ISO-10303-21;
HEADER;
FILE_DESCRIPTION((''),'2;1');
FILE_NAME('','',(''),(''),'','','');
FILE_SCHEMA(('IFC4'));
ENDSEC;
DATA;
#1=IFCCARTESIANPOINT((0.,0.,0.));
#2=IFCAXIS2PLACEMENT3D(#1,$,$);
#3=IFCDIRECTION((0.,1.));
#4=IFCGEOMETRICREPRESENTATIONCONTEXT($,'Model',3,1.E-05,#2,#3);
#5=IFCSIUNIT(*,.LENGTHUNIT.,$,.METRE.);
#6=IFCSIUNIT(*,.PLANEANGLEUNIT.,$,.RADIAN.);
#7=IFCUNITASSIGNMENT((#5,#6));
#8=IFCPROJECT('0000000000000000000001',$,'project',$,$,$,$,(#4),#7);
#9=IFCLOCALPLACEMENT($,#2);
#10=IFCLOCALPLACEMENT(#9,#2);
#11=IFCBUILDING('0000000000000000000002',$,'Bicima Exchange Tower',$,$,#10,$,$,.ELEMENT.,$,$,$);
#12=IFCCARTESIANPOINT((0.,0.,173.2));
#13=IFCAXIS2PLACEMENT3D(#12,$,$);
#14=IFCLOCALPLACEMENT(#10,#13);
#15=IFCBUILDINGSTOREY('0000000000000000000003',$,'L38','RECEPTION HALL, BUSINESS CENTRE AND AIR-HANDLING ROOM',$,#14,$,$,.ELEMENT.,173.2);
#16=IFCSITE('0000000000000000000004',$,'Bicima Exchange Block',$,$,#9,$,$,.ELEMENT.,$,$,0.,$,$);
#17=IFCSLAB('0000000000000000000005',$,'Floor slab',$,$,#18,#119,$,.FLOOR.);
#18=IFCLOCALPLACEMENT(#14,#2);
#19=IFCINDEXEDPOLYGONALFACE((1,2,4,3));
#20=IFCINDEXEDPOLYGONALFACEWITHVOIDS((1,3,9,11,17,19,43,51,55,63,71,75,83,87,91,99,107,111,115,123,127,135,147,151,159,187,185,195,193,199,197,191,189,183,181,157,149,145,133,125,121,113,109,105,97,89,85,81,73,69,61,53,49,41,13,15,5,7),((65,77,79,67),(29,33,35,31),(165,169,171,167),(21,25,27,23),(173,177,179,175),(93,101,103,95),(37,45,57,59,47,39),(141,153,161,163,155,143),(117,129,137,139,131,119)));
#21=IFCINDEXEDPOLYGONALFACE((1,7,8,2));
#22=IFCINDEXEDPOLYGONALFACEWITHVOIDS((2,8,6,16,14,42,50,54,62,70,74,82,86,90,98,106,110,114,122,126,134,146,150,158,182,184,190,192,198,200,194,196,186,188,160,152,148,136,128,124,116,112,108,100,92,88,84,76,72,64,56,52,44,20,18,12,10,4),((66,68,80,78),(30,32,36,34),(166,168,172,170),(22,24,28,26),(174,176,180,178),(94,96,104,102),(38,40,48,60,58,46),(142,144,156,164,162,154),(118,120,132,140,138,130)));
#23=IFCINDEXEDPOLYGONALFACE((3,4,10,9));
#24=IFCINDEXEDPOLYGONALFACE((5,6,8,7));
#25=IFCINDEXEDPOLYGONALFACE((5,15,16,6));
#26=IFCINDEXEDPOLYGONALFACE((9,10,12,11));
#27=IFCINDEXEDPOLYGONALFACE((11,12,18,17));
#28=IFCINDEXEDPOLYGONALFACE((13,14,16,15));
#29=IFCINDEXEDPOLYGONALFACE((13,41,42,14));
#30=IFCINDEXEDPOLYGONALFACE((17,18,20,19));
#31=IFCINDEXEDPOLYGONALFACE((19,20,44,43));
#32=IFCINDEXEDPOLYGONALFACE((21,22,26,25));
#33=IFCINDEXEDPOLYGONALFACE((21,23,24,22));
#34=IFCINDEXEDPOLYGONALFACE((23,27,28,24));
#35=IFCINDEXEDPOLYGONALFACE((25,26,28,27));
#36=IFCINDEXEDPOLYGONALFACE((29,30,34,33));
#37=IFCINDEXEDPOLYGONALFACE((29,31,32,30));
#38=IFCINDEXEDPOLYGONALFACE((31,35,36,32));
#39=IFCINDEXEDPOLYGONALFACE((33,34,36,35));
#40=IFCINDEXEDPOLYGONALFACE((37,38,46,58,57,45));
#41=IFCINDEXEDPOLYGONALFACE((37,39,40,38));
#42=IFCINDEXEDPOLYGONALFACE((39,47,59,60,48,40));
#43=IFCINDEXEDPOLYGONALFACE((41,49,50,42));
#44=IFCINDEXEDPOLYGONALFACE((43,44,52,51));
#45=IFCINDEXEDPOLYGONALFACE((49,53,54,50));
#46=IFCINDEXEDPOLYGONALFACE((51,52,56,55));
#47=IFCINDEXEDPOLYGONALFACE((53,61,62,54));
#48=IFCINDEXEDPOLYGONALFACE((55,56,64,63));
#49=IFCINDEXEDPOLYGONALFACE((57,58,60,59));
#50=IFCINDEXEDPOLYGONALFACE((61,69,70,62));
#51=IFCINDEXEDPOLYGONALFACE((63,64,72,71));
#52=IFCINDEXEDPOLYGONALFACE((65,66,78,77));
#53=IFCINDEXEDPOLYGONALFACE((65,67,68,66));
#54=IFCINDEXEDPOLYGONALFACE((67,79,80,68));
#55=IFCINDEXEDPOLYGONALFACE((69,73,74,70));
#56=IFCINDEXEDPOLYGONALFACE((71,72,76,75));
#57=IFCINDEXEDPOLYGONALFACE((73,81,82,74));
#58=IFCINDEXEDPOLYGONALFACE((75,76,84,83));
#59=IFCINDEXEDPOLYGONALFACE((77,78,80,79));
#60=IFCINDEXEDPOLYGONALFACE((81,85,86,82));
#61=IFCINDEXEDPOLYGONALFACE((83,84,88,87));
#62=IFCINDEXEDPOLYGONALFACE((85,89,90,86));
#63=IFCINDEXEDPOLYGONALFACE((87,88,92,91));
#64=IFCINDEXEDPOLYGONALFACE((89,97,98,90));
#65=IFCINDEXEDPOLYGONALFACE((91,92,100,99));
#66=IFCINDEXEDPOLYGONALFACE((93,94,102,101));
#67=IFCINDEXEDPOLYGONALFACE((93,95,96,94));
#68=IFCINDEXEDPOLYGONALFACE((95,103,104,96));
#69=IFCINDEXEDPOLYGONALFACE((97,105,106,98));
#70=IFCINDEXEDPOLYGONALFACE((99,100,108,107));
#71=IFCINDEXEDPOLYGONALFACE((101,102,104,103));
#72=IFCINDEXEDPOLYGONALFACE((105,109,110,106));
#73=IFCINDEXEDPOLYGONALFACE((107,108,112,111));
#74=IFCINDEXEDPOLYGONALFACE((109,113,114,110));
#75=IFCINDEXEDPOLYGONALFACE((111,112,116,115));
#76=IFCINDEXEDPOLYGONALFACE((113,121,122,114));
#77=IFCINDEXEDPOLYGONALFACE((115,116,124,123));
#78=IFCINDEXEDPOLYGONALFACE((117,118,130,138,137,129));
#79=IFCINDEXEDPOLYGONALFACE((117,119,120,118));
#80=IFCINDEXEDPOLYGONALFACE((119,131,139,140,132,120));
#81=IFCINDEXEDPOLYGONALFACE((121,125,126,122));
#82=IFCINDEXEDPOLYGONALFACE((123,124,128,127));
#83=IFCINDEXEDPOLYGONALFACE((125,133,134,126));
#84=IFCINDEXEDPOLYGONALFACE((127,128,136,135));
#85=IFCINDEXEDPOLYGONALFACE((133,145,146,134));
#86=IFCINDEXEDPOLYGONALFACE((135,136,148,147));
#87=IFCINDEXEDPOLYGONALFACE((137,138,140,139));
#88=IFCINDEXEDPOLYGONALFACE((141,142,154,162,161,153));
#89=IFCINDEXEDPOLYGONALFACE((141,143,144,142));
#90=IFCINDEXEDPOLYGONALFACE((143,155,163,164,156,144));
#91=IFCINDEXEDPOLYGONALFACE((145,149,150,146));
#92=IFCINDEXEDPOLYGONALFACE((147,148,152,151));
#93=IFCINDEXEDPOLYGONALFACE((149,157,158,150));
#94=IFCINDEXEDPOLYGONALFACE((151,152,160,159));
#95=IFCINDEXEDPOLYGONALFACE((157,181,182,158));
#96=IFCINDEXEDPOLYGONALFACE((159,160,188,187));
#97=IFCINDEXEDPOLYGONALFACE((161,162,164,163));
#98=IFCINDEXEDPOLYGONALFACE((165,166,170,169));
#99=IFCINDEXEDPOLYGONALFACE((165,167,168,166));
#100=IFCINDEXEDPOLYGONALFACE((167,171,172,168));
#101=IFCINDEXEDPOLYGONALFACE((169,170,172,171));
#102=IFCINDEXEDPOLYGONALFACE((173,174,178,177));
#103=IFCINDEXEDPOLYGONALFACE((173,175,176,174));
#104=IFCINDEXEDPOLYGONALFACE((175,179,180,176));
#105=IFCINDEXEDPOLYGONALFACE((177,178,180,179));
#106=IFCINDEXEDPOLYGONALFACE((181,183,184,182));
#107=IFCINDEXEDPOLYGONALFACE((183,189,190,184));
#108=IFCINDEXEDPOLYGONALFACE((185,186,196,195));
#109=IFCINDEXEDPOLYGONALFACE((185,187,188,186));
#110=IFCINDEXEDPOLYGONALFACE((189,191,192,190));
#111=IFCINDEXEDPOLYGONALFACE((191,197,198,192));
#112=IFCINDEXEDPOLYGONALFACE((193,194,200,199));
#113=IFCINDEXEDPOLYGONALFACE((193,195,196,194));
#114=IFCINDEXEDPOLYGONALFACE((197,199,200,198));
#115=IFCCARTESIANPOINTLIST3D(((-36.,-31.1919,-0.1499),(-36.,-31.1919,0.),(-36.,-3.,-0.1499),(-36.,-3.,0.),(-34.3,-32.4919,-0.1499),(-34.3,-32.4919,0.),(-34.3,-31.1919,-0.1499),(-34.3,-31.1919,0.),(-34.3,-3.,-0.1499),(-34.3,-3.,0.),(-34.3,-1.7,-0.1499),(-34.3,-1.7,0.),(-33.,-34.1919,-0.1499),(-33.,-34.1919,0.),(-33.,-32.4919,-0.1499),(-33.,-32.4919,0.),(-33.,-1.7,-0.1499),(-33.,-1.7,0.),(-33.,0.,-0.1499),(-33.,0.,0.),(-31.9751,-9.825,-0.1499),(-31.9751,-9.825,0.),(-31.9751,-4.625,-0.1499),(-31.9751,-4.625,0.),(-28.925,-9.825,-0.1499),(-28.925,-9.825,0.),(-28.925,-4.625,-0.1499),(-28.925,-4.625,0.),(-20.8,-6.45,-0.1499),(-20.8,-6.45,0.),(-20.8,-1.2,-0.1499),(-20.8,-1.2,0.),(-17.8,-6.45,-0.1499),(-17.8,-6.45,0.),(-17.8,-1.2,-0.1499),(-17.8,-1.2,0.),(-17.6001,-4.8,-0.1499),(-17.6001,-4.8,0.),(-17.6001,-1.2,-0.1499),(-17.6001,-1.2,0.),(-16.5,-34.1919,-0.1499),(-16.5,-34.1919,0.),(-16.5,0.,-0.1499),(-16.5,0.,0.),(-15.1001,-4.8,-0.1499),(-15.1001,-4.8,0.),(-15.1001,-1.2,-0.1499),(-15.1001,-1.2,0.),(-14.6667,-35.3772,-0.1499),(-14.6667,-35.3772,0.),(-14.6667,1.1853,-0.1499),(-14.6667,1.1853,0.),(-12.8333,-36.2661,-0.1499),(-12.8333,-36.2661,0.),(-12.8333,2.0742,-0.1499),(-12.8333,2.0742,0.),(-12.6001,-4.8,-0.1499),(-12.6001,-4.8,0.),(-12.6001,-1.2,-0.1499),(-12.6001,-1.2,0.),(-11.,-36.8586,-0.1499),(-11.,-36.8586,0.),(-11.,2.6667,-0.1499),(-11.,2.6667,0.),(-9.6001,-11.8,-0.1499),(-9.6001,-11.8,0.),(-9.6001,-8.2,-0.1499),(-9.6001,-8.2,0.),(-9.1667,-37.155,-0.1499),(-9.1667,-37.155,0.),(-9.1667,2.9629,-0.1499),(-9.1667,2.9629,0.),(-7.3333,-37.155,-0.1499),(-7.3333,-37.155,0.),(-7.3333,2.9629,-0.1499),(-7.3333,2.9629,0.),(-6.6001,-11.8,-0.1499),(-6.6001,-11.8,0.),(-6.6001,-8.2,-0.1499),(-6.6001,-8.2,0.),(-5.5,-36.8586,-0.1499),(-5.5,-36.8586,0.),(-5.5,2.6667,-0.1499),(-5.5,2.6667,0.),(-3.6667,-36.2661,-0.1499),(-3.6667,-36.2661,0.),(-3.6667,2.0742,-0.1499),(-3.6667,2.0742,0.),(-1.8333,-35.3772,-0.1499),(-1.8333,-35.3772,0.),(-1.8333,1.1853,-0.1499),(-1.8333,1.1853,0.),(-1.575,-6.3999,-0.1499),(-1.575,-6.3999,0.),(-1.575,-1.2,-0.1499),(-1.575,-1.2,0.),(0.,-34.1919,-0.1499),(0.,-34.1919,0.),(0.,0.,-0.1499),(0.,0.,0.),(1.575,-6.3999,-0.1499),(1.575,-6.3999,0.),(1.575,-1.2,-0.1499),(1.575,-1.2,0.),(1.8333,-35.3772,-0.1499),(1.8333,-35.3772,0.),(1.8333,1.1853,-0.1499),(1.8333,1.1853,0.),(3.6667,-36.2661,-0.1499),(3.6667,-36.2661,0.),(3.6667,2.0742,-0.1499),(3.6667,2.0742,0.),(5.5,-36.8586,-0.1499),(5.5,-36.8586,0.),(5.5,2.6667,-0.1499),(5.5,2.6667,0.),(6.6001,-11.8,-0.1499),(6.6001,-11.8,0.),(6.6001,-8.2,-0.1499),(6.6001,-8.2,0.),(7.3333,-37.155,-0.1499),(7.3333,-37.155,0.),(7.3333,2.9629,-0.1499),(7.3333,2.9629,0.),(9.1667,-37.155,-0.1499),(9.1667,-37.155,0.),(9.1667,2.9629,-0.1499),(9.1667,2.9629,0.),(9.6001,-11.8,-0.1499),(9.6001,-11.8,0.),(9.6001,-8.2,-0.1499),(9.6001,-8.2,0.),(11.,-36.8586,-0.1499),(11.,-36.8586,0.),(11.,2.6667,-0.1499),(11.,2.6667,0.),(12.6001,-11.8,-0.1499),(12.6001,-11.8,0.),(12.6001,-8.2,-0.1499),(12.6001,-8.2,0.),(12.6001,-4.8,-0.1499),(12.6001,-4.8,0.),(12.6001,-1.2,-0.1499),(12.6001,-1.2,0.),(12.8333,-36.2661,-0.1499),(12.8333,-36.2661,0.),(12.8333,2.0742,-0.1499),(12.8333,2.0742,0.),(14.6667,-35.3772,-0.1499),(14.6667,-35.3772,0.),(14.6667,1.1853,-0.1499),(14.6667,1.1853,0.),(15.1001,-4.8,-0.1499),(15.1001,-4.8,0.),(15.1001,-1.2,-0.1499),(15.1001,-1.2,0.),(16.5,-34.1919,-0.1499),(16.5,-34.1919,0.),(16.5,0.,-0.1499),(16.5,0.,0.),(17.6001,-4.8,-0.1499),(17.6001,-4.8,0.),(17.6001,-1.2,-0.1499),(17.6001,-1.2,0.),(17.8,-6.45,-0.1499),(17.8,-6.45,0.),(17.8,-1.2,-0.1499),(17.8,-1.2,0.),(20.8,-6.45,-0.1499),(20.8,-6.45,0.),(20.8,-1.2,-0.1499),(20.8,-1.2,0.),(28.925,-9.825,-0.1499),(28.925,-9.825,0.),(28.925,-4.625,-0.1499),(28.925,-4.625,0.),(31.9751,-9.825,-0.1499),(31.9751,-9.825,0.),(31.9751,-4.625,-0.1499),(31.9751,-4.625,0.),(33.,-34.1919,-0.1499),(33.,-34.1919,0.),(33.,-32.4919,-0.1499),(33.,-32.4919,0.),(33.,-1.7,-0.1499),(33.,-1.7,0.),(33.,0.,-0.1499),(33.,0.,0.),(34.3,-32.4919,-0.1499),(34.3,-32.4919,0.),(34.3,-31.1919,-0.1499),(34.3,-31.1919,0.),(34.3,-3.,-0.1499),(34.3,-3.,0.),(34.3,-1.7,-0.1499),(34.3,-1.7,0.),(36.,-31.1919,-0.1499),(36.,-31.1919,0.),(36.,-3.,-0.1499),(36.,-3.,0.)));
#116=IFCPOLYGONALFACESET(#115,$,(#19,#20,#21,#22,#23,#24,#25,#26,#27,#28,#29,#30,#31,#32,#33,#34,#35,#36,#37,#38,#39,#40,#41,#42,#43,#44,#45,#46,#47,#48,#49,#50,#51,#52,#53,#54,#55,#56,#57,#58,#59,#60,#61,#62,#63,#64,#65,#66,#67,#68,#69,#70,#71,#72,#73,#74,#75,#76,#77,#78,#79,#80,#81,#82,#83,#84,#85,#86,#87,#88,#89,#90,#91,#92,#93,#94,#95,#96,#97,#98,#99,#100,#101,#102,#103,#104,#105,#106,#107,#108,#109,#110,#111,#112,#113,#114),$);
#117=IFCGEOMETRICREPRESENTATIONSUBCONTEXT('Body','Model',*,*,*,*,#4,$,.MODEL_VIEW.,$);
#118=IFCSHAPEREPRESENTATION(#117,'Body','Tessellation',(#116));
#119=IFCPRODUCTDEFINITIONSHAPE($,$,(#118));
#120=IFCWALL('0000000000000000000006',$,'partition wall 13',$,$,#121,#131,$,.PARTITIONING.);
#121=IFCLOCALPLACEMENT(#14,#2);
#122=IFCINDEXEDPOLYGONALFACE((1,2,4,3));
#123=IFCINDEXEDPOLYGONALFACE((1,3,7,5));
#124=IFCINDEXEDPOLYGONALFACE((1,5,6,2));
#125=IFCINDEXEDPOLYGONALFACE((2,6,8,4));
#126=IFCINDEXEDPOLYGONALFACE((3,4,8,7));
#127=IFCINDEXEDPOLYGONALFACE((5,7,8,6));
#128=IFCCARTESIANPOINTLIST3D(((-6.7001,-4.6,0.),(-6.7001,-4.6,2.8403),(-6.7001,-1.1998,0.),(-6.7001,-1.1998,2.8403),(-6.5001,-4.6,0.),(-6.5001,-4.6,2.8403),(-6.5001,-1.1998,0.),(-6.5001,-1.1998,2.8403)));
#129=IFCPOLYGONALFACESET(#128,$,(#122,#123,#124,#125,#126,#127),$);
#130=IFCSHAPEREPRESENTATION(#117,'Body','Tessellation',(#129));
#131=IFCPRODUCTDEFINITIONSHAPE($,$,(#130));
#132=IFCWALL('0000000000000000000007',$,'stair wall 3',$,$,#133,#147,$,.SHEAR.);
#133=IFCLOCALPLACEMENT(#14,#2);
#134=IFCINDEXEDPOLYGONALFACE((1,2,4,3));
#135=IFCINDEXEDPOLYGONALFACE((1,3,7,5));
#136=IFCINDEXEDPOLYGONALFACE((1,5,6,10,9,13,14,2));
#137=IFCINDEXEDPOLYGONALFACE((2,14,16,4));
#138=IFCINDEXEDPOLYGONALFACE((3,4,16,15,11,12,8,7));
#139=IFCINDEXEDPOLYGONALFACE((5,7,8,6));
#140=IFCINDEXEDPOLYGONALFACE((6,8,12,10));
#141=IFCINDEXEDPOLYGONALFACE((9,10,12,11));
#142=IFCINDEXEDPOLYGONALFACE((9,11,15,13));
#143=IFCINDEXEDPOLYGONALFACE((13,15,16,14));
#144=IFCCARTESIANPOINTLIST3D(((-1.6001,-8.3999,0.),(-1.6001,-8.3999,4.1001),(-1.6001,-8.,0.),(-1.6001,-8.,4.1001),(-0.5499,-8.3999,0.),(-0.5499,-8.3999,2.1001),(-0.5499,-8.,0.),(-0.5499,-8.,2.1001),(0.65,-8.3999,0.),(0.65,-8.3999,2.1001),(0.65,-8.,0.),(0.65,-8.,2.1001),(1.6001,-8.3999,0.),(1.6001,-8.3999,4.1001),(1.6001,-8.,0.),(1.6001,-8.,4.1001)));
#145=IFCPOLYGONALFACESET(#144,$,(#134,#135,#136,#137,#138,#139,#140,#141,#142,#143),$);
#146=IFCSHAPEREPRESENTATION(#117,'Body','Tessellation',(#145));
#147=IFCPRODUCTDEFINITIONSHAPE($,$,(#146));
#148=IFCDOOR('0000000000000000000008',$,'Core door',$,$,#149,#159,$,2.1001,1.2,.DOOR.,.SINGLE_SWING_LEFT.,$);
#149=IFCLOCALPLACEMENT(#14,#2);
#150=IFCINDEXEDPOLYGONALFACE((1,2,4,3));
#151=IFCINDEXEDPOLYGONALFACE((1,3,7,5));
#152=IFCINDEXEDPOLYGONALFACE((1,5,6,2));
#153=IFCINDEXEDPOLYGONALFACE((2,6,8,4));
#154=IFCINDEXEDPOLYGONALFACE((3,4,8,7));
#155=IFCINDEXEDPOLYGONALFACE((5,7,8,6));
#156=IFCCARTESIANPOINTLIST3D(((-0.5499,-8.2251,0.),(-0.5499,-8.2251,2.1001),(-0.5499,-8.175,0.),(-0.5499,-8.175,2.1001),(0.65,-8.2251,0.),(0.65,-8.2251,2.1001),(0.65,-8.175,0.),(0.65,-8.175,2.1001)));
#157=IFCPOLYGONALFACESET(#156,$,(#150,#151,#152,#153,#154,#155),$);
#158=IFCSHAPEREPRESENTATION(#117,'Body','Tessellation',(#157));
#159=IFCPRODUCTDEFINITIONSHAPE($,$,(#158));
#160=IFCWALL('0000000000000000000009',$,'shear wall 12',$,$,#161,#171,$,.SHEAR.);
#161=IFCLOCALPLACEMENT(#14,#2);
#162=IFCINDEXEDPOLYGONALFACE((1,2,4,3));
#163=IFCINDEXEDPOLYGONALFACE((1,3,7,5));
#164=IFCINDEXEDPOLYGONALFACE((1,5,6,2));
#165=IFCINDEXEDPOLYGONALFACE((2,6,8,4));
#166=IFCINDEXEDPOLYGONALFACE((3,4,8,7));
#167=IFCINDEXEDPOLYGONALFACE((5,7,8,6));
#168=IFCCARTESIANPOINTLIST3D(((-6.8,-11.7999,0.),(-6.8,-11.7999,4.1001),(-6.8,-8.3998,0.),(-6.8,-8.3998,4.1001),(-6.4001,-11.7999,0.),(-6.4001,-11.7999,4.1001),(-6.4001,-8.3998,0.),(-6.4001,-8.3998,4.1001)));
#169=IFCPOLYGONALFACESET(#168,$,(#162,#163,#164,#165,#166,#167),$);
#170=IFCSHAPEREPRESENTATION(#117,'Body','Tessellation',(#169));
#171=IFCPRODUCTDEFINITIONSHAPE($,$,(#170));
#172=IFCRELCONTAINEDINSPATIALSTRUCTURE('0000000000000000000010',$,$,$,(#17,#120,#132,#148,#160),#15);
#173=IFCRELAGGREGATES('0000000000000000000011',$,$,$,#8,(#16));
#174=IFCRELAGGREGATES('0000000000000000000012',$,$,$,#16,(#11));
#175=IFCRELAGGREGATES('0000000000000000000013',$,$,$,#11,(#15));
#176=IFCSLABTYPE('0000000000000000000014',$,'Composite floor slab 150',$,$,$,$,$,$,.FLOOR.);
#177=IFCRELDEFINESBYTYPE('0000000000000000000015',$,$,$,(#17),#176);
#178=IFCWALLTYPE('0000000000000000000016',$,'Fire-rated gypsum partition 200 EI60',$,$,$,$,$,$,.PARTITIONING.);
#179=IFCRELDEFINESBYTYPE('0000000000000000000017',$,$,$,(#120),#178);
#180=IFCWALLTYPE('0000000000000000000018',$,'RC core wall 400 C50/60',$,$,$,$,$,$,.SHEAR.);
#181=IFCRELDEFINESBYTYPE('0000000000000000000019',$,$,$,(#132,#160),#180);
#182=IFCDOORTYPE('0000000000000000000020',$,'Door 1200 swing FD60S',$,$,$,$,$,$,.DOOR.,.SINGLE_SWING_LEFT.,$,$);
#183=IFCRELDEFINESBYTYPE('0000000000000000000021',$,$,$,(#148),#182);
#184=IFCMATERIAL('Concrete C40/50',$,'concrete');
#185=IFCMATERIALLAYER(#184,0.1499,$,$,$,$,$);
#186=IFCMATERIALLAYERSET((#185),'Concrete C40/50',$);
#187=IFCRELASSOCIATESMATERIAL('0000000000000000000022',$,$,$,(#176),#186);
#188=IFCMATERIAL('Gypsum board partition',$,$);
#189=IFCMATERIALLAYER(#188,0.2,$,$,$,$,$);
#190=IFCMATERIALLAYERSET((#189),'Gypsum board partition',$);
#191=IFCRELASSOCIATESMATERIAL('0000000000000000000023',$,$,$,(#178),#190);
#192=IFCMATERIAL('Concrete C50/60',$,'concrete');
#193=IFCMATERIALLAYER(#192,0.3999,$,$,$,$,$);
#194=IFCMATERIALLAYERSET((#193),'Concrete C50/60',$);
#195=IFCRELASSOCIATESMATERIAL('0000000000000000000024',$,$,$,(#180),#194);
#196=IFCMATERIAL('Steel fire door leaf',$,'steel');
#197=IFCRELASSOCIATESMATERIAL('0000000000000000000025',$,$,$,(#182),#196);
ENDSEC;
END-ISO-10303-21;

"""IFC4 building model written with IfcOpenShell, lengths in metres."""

from ifc_helpers import new_model, si_unit, direction, frame, frame_2d, origin, place, context, subcontext, project, spatial, polyline, rectangle, outline, extrude, material, layer, layer_set, type_object, element, fill, save


model = new_model("IFC4")

# Units and contexts
model_context = context("Model", 3, precision=1e-05, world=origin(), true_north=direction((0.0, 1.0)))
body_context = subcontext(model_context, "Body", "Model", "MODEL_VIEW")
ifc_project = project(units=[si_unit("LENGTHUNIT", "METRE"), si_unit("PLANEANGLEUNIT", "RADIAN")], contexts=[model_context])

# Site, building, storey
site_placement = place(None, origin())
site = spatial("IfcSite", under=ifc_project, at=site_placement, Name="Bicima Exchange Block", CompositionType="ELEMENT", RefElevation=0.0)
building_placement = place(site_placement, origin())
building = spatial("IfcBuilding", under=site, at=building_placement, Name="Bicima Exchange Tower", CompositionType="ELEMENT")
storey_placement = place(building_placement, frame((0.0, 0.0, 173.2)))
storey = spatial("IfcBuildingStorey", under=building, at=storey_placement, Name="L38", Description="RECEPTION HALL, BUSINESS CENTRE AND AIR-HANDLING ROOM", CompositionType="ELEMENT", Elevation=173.2)

# Slab
ifc_material_1 = material(Name="Concrete C40/50", Category="concrete")
ifc_layer_1 = layer(ifc_material_1, 0.1499)
ifc_layer_set_1 = layer_set([ifc_layer_1], Name="Concrete C40/50")
slab_type = type_object("IfcSlabType", Name="Composite floor slab 150", PredefinedType="FLOOR", material=ifc_layer_set_1)
slab_placement = place(storey_placement, frame((0.0, 0.0, -0.1499)))
element("IfcSlab", 1, at=slab_placement, inside=storey, type_object=slab_type, Name="Floor slab", PredefinedType="FLOOR", context=body_context, shape_type="SweptSolid", body=[
    extrude(outline(polyline([(-36.0, -31.1919), (-36.0, -3.0), (-34.3, -3.0), (-34.3, -1.7), (-33.0, -1.7), (-33.0, 0.0), (-16.5, 0.0), (-14.6667, 1.1853), (-12.8333, 2.0742), (-11.0, 2.6667), (-9.1667, 2.9629), (-7.3333, 2.9629), (-5.5, 2.6667), (-3.6667, 2.0742), (-1.8333, 1.1853), (0.0, 0.0), (1.8333, 1.1853), (3.6667, 2.0742), (5.5, 2.6667), (7.3333, 2.9629), (9.1667, 2.9629), (11.0, 2.6667), (12.8333, 2.0742), (14.6667, 1.1853), (16.5, 0.0), (33.0, 0.0), (33.0, -1.7), (34.3, -1.7), (34.3, -3.0), (36.0, -3.0), (36.0, -31.1919), (34.3, -31.1919), (34.3, -32.4919), (33.0, -32.4919), (33.0, -34.1919), (16.5, -34.1919), (14.6667, -35.3772), (12.8333, -36.2661), (11.0, -36.8586), (9.1667, -37.155), (7.3333, -37.155), (5.5, -36.8586), (3.6667, -36.2661), (1.8333, -35.3772), (0.0, -34.1919), (-1.8333, -35.3772), (-3.6667, -36.2661), (-5.5, -36.8586), (-7.3333, -37.155), (-9.1667, -37.155), (-11.0, -36.8586), (-12.8333, -36.2661), (-14.6667, -35.3772), (-16.5, -34.1919), (-33.0, -34.1919), (-33.0, -32.4919), (-34.3, -32.4919), (-34.3, -31.1919), (-36.0, -31.1919)]), holes=[polyline([(-6.6001, -11.8), (-6.6001, -8.2), (-9.6001, -8.2), (-9.6001, -11.8), (-6.6001, -11.8)]), polyline([(-31.9751, -9.825), (-28.925, -9.825), (-28.925, -4.625), (-31.9751, -4.625), (-31.9751, -9.825)]), polyline([(-20.8, -6.45), (-17.8, -6.45), (-17.8, -1.2), (-20.8, -1.2), (-20.8, -6.45)]), polyline([(1.575, -6.3999), (1.575, -1.2), (-1.575, -1.2), (-1.575, -6.3999), (1.575, -6.3999)]), polyline([(-12.6001, -4.8), (-12.6001, -1.2), (-15.1001, -1.2), (-17.6001, -1.2), (-17.6001, -4.8), (-15.1001, -4.8), (-12.6001, -4.8)]), polyline([(12.6001, -8.2), (9.6001, -8.2), (6.6001, -8.2), (6.6001, -11.8), (9.6001, -11.8), (12.6001, -11.8), (12.6001, -8.2)]), polyline([(28.925, -9.825), (31.9751, -9.825), (31.9751, -4.625), (28.925, -4.625), (28.925, -9.825)]), polyline([(20.8, -6.45), (20.8, -1.2), (17.8, -1.2), (17.8, -6.45), (20.8, -6.45)]), polyline([(17.6001, -4.8), (17.6001, -1.2), (15.1001, -1.2), (12.6001, -1.2), (12.6001, -4.8), (15.1001, -4.8), (17.6001, -4.8)])]), origin(), (0.0, 0.0, 1.0), 0.1499),
])

# Wall
ifc_material_2 = material(Name="Gypsum board partition")
ifc_layer_2 = layer(ifc_material_2, 0.2)
ifc_layer_set_2 = layer_set([ifc_layer_2], Name="Gypsum board partition")
wall_type_1 = type_object("IfcWallType", Name="Fire-rated gypsum partition 200 EI60", PredefinedType="PARTITIONING", material=ifc_layer_set_2)
wall_1_placement = place(storey_placement, frame((-6.6001, -4.6001, 0.0), z_axis=(0.0, 0.0, 1.0), x_axis=(0.0, 1.0, 0.0)))
element("IfcWall", 2, at=wall_1_placement, inside=storey, type_object=wall_type_1, Name="partition wall 13", PredefinedType="PARTITIONING", context=body_context, shape_type="SweptSolid", body=[
    extrude(rectangle(XDim=3.4001, YDim=0.2, at=frame_2d((1.7002, 0.0))), origin(), (0.0, 0.0, 1.0), 2.8403),
])

# Wall, opening, door
ifc_material_3 = material(Name="Concrete C50/60", Category="concrete")
ifc_layer_3 = layer(ifc_material_3, 0.3999)
ifc_layer_set_3 = layer_set([ifc_layer_3], Name="Concrete C50/60")
wall_type_2 = type_object("IfcWallType", Name="RC core wall 400 C50/60", PredefinedType="SHEAR", material=ifc_layer_set_3)
wall_2_placement = place(storey_placement, frame((-1.6001, -8.2, 0.0), z_axis=(0.0, 0.0, 1.0), x_axis=(1.0, 0.0, 0.0)))
wall_2 = element("IfcWall", 3, at=wall_2_placement, inside=storey, type_object=wall_type_2, Name="stair wall 3", PredefinedType="SHEAR", context=body_context, shape_type="SweptSolid", body=[
    extrude(rectangle(XDim=3.2002, YDim=0.3999, at=frame_2d((1.6001, 0.0))), origin(), (0.0, 0.0, 1.0), 4.1001),
])
opening_1_placement = place(wall_2_placement, frame((1.05, 0.0, 0.0)))
opening_1 = element("IfcOpeningElement", 4, at=opening_1_placement, cuts=wall_2, PredefinedType="OPENING", context=body_context, shape_type="SweptSolid", body=[
    extrude(rectangle(XDim=1.2, YDim=2.1001, at=frame_2d((0.6001, 1.05))), frame((0.0, 0.2119, 0.0), z_axis=(0.0, -1.0, 0.0), x_axis=(1.0, 0.0, 0.0)), (0.0, 0.0, 1.0), 0.4238),
])
ifc_material_4 = material(Name="Steel fire door leaf", Category="steel")
door_type_1 = type_object("IfcDoorType", Name="Door 1200 swing FD60S", OperationType="SINGLE_SWING_LEFT", PredefinedType="DOOR", material=ifc_material_4)
door_1_placement = place(opening_1_placement, origin())
door_1 = element("IfcDoor", 5, at=door_1_placement, inside=storey, type_object=door_type_1, Name="Core door", OperationType="SINGLE_SWING_LEFT", OverallHeight=2.1001, OverallWidth=1.2, PredefinedType="DOOR", context=body_context, shape_type="SweptSolid", body=[
    extrude(rectangle(XDim=1.2, YDim=2.1001, at=frame_2d((0.6001, 1.05))), frame((0.0, 0.0249, 0.0), z_axis=(0.0, -1.0, 0.0), x_axis=(1.0, 0.0, 0.0)), (0.0, 0.0, 1.0), 0.05),
])
fill(opening_1, door_1)

# Wall
wall_3_placement = place(storey_placement, frame((-6.6001, -11.8, 0.0), z_axis=(0.0, 0.0, 1.0), x_axis=(0.0, 1.0, 0.0)))
element("IfcWall", 6, at=wall_3_placement, inside=storey, type_object=wall_type_2, Name="shear wall 12", PredefinedType="SHEAR", context=body_context, shape_type="SweptSolid", body=[
    extrude(rectangle(XDim=3.4001, YDim=0.3999, at=frame_2d((1.7002, 0.0))), origin(), (0.0, 0.0, 1.0), 4.1001),
])

save(model, "model.ifc")
